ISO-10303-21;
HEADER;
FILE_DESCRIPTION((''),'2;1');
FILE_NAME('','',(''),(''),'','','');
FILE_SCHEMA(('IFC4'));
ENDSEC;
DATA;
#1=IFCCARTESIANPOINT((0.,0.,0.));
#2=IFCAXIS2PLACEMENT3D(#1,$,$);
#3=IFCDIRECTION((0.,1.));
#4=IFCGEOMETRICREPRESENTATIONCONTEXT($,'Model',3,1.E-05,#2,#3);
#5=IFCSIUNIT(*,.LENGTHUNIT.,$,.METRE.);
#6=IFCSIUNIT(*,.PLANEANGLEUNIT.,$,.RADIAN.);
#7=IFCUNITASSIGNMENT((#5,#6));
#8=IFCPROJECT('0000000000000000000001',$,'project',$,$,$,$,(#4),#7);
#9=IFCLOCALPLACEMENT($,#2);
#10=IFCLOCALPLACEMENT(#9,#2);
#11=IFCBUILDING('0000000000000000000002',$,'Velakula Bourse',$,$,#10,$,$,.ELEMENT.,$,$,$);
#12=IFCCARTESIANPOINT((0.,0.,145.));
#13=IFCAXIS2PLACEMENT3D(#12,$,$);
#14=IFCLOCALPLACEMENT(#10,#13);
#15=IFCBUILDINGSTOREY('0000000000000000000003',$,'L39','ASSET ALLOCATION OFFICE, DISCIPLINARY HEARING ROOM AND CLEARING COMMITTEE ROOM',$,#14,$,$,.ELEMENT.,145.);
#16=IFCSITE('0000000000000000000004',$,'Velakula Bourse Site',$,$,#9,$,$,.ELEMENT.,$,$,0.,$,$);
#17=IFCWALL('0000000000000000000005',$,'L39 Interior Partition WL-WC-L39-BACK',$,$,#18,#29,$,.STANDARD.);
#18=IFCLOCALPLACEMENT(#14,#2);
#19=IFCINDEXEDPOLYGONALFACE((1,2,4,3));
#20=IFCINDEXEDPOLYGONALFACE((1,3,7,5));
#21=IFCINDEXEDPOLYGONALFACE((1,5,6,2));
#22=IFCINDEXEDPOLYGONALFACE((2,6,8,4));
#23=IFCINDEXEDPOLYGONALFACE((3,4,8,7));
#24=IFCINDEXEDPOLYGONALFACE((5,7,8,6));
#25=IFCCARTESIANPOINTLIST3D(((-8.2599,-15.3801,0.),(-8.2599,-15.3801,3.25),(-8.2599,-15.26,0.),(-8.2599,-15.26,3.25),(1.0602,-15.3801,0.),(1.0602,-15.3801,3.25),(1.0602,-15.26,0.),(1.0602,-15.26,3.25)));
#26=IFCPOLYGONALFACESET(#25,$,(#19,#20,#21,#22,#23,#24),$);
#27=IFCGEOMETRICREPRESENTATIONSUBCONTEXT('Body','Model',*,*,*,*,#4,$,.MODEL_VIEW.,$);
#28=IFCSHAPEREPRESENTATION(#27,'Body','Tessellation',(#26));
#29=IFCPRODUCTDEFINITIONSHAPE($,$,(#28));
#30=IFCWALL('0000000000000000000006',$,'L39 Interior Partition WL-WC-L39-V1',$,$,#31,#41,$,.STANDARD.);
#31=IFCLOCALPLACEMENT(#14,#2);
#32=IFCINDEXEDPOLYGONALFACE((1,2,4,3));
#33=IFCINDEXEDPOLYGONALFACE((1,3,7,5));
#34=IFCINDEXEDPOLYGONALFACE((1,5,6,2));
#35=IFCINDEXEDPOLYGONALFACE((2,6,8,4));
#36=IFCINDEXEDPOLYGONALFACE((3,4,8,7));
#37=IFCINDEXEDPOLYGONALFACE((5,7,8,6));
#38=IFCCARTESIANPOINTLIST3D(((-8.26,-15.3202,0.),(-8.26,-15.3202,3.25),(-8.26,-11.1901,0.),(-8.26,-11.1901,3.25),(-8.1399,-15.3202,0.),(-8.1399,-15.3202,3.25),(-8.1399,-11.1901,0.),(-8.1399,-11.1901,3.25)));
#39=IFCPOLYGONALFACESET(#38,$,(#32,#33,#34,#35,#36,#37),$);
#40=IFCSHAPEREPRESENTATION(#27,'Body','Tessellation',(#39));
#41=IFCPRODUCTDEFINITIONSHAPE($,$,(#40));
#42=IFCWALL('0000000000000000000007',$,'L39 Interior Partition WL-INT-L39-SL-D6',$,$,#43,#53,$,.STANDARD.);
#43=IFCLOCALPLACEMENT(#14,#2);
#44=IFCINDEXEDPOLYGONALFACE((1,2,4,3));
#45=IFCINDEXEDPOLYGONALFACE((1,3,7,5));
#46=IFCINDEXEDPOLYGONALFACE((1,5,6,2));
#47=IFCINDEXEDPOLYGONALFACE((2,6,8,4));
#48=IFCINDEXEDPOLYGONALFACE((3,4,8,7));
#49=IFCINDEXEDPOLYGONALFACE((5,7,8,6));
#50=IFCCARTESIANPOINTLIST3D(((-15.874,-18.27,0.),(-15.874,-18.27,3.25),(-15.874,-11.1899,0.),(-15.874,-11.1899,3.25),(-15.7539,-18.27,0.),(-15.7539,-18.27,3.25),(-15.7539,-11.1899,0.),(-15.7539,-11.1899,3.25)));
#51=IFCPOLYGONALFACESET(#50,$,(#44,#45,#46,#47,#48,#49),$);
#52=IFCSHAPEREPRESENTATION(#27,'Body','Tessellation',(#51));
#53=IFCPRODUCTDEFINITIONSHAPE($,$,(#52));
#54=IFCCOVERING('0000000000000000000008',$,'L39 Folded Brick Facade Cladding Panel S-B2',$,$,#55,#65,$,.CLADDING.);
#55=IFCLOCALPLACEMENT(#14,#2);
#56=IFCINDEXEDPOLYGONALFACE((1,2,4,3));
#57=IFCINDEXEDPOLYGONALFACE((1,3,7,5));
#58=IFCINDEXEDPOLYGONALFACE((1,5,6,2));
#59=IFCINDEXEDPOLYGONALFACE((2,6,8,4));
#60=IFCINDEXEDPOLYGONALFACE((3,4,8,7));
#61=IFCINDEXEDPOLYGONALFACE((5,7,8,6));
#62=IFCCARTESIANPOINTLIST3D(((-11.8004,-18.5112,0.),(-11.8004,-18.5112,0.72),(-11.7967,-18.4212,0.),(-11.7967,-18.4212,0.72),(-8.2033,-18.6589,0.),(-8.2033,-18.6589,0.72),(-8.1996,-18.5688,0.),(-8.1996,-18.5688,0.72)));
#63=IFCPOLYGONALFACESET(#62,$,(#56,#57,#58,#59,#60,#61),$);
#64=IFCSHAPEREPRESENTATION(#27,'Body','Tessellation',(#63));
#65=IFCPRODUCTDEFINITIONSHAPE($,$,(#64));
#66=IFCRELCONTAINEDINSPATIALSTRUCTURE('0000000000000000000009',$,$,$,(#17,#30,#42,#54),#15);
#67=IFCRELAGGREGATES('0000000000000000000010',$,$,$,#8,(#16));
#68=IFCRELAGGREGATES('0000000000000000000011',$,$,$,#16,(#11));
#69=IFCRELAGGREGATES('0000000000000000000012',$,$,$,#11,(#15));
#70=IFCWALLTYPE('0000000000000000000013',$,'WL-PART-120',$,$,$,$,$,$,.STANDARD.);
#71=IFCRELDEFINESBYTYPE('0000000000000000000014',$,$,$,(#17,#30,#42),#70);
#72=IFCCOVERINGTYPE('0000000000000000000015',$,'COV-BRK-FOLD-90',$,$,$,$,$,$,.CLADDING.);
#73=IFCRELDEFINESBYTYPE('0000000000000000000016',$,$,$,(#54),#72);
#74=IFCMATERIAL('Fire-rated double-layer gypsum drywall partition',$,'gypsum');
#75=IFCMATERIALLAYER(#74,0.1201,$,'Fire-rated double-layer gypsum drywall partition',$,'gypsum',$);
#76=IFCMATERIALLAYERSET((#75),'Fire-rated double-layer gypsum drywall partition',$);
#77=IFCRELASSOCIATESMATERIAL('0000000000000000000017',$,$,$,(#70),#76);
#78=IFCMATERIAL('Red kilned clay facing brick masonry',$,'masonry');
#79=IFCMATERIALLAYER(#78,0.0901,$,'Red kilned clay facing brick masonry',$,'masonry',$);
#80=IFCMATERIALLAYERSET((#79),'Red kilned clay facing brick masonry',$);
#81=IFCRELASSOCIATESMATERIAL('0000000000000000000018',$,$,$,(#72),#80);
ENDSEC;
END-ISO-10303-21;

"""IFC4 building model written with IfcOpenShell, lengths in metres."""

from ifc_helpers import new_model, si_unit, direction, frame, frame_2d, origin, origin_2d, place, context, subcontext, project, spatial, rectangle, extrude, material, layer, layer_set, type_object, element, save


model = new_model("IFC4")

# Units and contexts
model_context = context("Model", 3, precision=1e-05, world=origin(), true_north=direction((0.0, 1.0)))
body_context = subcontext(model_context, "Body", "Model", "MODEL_VIEW")
ifc_project = project(units=[si_unit("LENGTHUNIT", "METRE"), si_unit("PLANEANGLEUNIT", "RADIAN")], contexts=[model_context])

# Site, building, storey
site_placement = place(None, origin())
site = spatial("IfcSite", under=ifc_project, at=site_placement, Name="Velakula Bourse Site", CompositionType="ELEMENT", RefElevation=0.0)
building_placement = place(site_placement, origin())
building = spatial("IfcBuilding", under=site, at=building_placement, Name="Velakula Bourse", CompositionType="ELEMENT")
storey_placement = place(building_placement, frame((0.0, 0.0, 145.0)))
storey = spatial("IfcBuildingStorey", under=building, at=storey_placement, Name="L39", Description="ASSET ALLOCATION OFFICE, DISCIPLINARY HEARING ROOM AND CLEARING COMMITTEE ROOM", CompositionType="ELEMENT", Elevation=145.0)

# Shared definitions
ifc_material_1 = material(Name="Red kilned clay facing brick masonry", Category="masonry")

# Walls
ifc_material_2 = material(Name="Fire-rated double-layer gypsum drywall partition", Category="gypsum")
ifc_layer_1 = layer(ifc_material_2, 0.1201, Name="Fire-rated double-layer gypsum drywall partition", Category="gypsum")
ifc_layer_set_1 = layer_set([ifc_layer_1], Name="Fire-rated double-layer gypsum drywall partition")
wall_type_1 = type_object("IfcWallType", Name="WL-PART-120", PredefinedType="STANDARD", material=ifc_layer_set_1)
wall_1_placement = place(storey_placement, frame((-8.26, -15.3201, 0.0), z_axis=(0.0, 0.0, 1.0), x_axis=(1.0, 0.0, 0.0)))
element("IfcWall", 1, at=wall_1_placement, inside=storey, type_object=wall_type_1, Name="L39 Interior Partition WL-WC-L39-BACK", PredefinedType="STANDARD", context=body_context, shape_type="SweptSolid", body=[
    extrude(rectangle(XDim=9.3201, YDim=0.1201, at=frame_2d((4.6602, 0.0))), origin(), (0.0, 0.0, 1.0), 3.25),
])
wall_2_placement = place(storey_placement, frame((-8.2, -15.3201, 0.0), z_axis=(0.0, 0.0, 1.0), x_axis=(0.0, 1.0, 0.0)))
element("IfcWall", 2, at=wall_2_placement, inside=storey, type_object=wall_type_1, Name="L39 Interior Partition WL-WC-L39-V1", PredefinedType="STANDARD", context=body_context, shape_type="SweptSolid", body=[
    extrude(rectangle(XDim=4.1301, YDim=0.1201, at=frame_2d((2.0649, 0.0))), origin(), (0.0, 0.0, 1.0), 3.25),
])
wall_3_placement = place(storey_placement, frame((-15.814, -18.27, 0.0), z_axis=(0.0, 0.0, 1.0), x_axis=(0.0, 1.0, 0.0)))
element("IfcWall", 3, at=wall_3_placement, inside=storey, type_object=wall_type_1, Name="L39 Interior Partition WL-INT-L39-SL-D6", PredefinedType="STANDARD", context=body_context, shape_type="SweptSolid", body=[
    extrude(rectangle(XDim=7.0801, YDim=0.1201, at=frame_2d((3.54, 0.0))), origin(), (0.0, 0.0, 1.0), 3.25),
])

# Covering
ifc_layer_2 = layer(ifc_material_1, 0.0901, Name="Red kilned clay facing brick masonry", Category="masonry")
ifc_layer_set_2 = layer_set([ifc_layer_2], Name="Red kilned clay facing brick masonry")
covering_type = type_object("IfcCoveringType", Name="COV-BRK-FOLD-90", PredefinedType="CLADDING", material=ifc_layer_set_2)
covering_placement = place(storey_placement, frame((-10.0, -18.54, 0.0), z_axis=(0.0, 0.0, 1.0), x_axis=(0.999159, -0.041004, 0.0)))
element("IfcCovering", 4, at=covering_placement, inside=storey, type_object=covering_type, Name="L39 Folded Brick Facade Cladding Panel S-B2", PredefinedType="CLADDING", context=body_context, shape_type="SweptSolid", body=[
    extrude(rectangle(XDim=3.6001, YDim=0.0901, at=origin_2d()), origin(), (0.0, 0.0, 1.0), 0.72),
])

save(model, "model.ifc")
